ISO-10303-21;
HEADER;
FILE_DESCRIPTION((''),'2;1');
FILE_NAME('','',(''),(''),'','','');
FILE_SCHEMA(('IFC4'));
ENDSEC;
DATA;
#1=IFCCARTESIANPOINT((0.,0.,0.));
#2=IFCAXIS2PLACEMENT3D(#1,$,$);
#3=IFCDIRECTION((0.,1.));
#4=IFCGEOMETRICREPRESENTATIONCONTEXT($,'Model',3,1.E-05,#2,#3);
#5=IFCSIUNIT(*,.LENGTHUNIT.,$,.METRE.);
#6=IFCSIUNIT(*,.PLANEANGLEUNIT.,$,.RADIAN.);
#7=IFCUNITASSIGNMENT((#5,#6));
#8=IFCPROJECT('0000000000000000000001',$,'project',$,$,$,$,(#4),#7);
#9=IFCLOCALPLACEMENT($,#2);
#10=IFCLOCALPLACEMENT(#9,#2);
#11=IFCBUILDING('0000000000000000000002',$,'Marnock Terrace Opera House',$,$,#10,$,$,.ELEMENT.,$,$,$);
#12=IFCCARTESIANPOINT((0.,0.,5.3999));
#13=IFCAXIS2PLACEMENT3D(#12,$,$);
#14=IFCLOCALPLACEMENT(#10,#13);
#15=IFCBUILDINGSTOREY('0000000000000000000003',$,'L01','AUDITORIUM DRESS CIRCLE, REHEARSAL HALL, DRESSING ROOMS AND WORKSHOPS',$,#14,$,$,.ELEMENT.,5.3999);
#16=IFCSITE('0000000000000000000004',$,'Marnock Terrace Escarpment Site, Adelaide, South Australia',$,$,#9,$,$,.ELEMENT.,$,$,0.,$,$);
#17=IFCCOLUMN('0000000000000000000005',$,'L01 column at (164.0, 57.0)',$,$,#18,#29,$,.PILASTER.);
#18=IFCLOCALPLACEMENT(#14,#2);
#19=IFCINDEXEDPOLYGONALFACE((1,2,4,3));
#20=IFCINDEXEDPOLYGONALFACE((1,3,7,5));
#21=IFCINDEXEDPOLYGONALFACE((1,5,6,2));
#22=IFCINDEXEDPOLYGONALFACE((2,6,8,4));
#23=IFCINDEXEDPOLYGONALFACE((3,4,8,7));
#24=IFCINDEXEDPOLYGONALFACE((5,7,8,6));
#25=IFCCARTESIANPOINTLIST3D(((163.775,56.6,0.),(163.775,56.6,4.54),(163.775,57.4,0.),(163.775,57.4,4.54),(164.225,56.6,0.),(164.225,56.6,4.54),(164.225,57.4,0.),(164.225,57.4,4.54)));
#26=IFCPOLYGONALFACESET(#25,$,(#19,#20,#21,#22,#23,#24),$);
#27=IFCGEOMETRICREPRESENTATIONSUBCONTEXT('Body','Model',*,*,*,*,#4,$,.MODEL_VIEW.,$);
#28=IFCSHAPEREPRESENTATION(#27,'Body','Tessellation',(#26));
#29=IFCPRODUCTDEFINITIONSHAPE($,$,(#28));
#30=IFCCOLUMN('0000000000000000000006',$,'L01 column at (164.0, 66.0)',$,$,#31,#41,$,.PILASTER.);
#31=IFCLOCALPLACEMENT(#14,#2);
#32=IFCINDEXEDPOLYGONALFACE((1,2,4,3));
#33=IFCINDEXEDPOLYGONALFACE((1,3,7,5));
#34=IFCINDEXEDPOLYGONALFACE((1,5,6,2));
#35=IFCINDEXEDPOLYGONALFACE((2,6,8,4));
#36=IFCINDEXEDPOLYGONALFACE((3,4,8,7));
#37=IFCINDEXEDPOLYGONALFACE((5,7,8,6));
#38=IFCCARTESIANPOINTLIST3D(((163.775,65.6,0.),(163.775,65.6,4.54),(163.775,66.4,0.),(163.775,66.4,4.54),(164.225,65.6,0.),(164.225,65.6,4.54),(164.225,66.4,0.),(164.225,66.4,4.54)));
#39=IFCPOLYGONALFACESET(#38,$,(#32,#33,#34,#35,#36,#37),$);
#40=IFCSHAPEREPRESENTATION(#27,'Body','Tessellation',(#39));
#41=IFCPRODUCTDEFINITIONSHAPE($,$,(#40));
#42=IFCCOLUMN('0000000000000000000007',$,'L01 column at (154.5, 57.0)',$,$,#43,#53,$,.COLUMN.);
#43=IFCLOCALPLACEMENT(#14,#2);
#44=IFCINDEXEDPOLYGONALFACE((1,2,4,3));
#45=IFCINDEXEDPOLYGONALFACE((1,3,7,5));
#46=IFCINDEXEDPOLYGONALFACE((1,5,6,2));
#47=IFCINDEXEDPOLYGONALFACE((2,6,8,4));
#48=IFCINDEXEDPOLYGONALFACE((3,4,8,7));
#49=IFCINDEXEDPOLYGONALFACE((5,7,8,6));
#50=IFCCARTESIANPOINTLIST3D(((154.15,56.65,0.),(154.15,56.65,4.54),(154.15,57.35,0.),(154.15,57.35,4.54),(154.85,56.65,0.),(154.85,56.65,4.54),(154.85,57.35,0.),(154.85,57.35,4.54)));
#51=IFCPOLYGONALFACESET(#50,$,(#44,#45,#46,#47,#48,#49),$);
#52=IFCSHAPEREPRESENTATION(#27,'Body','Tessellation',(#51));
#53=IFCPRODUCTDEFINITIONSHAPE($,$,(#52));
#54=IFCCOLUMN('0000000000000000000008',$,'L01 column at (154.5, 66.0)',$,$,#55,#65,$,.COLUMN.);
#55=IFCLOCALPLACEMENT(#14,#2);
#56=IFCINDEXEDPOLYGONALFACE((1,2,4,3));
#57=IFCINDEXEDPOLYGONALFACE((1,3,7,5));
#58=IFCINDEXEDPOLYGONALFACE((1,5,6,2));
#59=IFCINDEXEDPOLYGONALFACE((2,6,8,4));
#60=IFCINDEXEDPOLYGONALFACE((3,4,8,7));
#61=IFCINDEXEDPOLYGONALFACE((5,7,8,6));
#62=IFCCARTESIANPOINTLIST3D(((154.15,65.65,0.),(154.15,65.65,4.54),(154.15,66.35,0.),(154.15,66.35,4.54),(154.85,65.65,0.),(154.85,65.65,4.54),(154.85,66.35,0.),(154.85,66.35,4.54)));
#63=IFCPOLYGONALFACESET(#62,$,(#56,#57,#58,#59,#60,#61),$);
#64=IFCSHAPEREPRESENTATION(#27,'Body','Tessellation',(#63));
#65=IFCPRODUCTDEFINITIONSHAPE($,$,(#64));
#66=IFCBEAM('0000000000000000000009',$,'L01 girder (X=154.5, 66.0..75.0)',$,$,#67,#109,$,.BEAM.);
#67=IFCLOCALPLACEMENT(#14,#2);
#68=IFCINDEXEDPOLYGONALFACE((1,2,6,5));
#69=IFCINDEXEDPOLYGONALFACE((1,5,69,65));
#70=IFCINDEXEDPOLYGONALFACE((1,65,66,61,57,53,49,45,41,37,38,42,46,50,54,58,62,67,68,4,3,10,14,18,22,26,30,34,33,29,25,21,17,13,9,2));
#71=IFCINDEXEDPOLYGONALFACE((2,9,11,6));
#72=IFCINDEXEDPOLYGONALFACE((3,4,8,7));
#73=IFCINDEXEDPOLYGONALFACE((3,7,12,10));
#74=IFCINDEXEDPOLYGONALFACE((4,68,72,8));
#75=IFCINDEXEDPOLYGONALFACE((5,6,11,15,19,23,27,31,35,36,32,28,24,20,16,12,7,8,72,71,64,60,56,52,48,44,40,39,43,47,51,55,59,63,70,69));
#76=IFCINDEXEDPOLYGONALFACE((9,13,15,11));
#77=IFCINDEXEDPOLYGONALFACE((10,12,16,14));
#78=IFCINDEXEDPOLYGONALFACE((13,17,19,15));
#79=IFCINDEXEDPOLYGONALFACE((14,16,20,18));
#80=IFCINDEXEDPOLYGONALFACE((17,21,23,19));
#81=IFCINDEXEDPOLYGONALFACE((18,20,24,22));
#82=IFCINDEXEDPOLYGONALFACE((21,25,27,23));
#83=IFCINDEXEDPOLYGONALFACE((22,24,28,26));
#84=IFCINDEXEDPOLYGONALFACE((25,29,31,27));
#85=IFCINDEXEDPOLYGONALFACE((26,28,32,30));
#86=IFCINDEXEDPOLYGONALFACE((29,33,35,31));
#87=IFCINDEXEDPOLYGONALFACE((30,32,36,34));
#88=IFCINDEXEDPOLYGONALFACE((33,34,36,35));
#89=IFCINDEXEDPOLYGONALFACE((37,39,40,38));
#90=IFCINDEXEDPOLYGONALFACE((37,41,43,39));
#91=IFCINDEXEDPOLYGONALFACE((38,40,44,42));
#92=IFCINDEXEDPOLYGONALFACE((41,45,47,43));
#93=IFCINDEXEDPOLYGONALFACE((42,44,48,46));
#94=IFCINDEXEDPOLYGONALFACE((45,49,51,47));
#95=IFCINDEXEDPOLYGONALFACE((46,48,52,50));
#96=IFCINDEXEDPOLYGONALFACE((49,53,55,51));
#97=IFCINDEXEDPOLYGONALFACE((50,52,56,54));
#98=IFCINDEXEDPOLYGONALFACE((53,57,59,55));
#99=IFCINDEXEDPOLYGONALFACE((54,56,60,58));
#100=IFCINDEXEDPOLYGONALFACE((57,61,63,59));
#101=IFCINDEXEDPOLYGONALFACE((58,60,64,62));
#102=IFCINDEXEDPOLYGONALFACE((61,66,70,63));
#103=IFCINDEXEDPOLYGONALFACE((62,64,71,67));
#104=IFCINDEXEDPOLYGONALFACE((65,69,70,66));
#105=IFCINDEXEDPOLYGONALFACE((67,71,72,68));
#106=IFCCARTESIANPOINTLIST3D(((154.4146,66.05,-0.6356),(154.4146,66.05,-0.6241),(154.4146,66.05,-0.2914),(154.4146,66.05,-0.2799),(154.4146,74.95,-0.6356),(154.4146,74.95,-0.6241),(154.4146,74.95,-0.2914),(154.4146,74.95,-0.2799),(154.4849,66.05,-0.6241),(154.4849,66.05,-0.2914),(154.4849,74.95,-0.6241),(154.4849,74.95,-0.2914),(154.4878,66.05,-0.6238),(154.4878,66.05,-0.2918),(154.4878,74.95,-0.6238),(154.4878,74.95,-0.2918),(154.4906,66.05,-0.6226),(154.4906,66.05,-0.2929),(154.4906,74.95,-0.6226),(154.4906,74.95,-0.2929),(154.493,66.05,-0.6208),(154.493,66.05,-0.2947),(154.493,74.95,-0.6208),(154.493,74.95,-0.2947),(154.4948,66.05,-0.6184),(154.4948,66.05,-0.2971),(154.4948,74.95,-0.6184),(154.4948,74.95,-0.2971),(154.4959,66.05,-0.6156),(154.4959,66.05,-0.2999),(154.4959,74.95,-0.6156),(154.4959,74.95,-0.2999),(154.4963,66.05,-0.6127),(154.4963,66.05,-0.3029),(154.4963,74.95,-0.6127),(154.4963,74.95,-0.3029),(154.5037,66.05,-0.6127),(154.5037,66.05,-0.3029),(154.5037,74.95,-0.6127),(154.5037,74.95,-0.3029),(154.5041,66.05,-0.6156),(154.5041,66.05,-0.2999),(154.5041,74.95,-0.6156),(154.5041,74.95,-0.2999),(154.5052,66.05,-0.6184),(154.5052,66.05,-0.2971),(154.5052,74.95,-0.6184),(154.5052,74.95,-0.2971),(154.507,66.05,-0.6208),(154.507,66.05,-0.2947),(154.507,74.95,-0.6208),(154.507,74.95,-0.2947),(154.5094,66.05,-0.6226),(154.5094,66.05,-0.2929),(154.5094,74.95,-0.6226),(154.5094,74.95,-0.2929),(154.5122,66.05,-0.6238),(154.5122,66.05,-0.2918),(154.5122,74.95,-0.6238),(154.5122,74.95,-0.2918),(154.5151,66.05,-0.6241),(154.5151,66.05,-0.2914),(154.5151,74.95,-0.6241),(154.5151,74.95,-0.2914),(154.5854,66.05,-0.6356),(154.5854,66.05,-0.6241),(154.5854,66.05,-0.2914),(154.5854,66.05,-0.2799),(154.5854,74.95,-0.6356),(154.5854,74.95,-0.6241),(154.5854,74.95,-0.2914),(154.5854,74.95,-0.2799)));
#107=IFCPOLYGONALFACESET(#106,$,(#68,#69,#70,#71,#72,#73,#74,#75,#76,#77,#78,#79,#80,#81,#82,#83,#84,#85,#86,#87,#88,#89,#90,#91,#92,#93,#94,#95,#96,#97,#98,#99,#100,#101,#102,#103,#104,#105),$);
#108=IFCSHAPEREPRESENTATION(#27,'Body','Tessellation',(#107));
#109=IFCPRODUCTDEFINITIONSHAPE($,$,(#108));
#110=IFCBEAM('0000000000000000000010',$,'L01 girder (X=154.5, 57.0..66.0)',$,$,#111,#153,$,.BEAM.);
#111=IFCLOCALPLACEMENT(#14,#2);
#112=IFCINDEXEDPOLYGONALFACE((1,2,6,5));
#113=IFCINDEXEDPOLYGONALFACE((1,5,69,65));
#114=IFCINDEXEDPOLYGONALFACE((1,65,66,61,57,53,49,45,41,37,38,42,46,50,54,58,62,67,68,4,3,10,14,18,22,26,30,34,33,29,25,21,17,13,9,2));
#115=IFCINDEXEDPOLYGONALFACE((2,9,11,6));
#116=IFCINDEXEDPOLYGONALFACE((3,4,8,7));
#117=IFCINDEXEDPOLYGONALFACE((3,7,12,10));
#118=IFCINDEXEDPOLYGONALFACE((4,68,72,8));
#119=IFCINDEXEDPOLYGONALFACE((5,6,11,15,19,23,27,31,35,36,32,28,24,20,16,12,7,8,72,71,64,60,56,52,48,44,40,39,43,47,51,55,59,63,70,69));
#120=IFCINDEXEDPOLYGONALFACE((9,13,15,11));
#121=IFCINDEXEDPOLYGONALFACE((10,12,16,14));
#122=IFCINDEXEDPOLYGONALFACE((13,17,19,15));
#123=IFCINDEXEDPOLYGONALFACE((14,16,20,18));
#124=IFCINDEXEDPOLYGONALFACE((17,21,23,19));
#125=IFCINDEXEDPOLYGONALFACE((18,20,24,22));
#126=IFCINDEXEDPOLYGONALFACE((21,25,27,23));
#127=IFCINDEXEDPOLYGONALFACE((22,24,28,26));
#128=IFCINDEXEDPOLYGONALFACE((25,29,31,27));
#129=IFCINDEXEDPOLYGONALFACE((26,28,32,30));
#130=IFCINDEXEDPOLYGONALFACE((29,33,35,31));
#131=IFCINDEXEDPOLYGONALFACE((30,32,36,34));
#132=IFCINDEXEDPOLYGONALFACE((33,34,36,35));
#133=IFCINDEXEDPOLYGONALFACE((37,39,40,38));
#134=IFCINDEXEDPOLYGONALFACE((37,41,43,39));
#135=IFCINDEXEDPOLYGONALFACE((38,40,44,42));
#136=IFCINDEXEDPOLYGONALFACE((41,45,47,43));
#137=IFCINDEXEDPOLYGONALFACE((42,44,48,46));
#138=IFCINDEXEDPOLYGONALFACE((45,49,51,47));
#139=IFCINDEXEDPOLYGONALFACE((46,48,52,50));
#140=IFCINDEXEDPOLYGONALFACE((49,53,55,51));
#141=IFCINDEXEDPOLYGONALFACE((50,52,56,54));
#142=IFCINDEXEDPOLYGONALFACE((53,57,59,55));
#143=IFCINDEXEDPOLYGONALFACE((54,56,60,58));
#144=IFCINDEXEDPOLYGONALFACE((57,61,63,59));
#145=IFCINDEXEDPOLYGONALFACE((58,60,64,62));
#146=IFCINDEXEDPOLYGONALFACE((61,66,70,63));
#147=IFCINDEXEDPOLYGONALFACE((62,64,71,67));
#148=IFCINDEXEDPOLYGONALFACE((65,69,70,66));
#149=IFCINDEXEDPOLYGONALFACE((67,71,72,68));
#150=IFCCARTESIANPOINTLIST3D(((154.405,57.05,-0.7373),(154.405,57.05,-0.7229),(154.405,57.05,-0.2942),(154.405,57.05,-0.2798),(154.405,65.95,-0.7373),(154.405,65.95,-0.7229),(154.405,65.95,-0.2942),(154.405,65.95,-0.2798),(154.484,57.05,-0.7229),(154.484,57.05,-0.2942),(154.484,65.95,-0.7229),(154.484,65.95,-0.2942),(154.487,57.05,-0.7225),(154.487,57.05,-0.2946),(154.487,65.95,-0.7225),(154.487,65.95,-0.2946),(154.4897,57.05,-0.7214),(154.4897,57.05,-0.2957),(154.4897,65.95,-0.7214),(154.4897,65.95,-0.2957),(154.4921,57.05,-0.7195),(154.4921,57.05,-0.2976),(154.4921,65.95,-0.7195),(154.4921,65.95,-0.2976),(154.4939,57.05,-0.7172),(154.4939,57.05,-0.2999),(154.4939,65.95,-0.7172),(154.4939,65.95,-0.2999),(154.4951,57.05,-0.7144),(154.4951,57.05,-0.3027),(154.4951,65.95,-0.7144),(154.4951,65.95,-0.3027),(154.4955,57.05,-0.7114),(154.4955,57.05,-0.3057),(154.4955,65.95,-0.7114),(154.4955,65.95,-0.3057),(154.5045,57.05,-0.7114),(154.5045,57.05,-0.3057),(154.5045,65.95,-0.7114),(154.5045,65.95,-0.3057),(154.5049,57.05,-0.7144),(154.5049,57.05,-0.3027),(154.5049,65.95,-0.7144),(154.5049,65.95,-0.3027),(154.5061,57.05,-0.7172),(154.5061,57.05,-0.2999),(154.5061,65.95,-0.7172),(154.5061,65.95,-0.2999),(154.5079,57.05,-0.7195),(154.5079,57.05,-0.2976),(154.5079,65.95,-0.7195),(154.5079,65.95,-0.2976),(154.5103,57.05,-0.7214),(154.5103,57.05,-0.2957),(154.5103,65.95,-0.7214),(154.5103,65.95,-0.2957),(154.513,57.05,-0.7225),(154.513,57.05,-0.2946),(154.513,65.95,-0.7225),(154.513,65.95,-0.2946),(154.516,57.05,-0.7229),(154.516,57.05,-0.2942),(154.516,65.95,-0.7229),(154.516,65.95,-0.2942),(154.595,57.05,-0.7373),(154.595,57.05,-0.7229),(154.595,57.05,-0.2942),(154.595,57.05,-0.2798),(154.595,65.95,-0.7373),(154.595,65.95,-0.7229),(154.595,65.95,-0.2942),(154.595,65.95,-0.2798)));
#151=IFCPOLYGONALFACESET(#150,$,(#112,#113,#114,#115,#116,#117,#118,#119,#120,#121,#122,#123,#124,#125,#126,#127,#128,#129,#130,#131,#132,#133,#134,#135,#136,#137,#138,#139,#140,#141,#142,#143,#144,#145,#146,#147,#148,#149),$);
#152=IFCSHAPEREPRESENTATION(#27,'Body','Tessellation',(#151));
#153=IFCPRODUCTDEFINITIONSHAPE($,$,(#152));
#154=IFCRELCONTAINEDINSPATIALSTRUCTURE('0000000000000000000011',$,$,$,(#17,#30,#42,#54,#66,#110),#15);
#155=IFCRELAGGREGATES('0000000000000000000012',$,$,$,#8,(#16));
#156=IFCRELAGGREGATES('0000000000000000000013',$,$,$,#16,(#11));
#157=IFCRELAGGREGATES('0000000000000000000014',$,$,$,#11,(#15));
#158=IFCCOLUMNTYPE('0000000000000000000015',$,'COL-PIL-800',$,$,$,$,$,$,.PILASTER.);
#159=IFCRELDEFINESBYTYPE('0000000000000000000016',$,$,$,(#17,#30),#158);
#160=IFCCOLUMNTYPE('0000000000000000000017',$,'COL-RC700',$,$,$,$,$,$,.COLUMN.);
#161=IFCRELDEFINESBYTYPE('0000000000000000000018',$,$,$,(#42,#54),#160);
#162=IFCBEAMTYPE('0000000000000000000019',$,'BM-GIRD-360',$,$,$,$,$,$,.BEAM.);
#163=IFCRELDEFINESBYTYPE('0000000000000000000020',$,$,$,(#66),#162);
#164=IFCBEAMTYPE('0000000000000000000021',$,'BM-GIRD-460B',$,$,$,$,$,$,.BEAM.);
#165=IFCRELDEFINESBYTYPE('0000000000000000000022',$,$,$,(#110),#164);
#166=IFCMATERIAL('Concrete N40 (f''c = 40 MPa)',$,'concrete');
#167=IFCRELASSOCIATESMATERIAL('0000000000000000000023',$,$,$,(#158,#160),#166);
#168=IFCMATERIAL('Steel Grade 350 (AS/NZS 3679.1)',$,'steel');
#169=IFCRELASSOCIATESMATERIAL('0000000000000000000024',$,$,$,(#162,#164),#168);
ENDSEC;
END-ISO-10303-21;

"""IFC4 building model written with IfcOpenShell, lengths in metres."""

from ifc_helpers import new_model, si_unit, direction, frame, origin, origin_2d, place, context, subcontext, project, spatial, rectangle, i_section, extrude, material, material_profile, profile_set, type_object, element, save


model = new_model("IFC4")

# Units and contexts
model_context = context("Model", 3, precision=1e-05, world=origin(), true_north=direction((0.0, 1.0)))
body_context = subcontext(model_context, "Body", "Model", "MODEL_VIEW")
ifc_project = project(units=[si_unit("LENGTHUNIT", "METRE"), si_unit("PLANEANGLEUNIT", "RADIAN")], contexts=[model_context])

# Site, building, storey
site_placement = place(None, origin())
site = spatial("IfcSite", under=ifc_project, at=site_placement, Name="Marnock Terrace Escarpment Site, Adelaide, South Australia", CompositionType="ELEMENT", RefElevation=0.0)
building_placement = place(site_placement, origin())
building = spatial("IfcBuilding", under=site, at=building_placement, Name="Marnock Terrace Opera House", CompositionType="ELEMENT")
storey_placement = place(building_placement, frame((0.0, 0.0, 5.3999)))
storey = spatial("IfcBuildingStorey", under=building, at=storey_placement, Name="L01", Description="AUDITORIUM DRESS CIRCLE, REHEARSAL HALL, DRESSING ROOMS AND WORKSHOPS", CompositionType="ELEMENT", Elevation=5.3999)

# Columns
ifc_material_1 = material(Name="Concrete N40 (f'c = 40 MPa)", Category="concrete")
ifc_material_profile_1 = material_profile(ifc_material_1, rectangle(XDim=0.45, YDim=0.8, at=origin_2d()))
ifc_profile_set_1 = profile_set([ifc_material_profile_1], Name="Concrete N40 (f'c = 40 MPa)")
column_type_1 = type_object("IfcColumnType", Name="COL-PIL-800", PredefinedType="PILASTER", material=ifc_profile_set_1)
for number, where, z_axis, x_axis, name in (
    (1, (164.0, 57.0, 0.0), (0.0, 0.0, 1.0), (1.0, 0.0, 0.0), "L01 column at (164.0, 57.0)"),
    (2, (164.0, 66.0, 0.0), (0.0, 0.0, 1.0), (1.0, 0.0, 0.0), "L01 column at (164.0, 66.0)"),
):
    element("IfcColumn", number, at=place(storey_placement, frame(where, z_axis=z_axis, x_axis=x_axis)), inside=storey, type_object=column_type_1, Name=name, PredefinedType="PILASTER", context=body_context, shape_type="SweptSolid", body=[
        extrude(rectangle(XDim=0.45, YDim=0.8, at=origin_2d()), origin(), (0.0, 0.0, 1.0), 4.54),
    ])
ifc_material_profile_2 = material_profile(ifc_material_1, rectangle(XDim=0.7, YDim=0.7, at=origin_2d()))
ifc_profile_set_2 = profile_set([ifc_material_profile_2], Name="Concrete N40 (f'c = 40 MPa)")
column_type_2 = type_object("IfcColumnType", Name="COL-RC700", PredefinedType="COLUMN", material=ifc_profile_set_2)
for number, where, z_axis, x_axis, name in (
    (3, (154.5, 57.0, 0.0), (0.0, 0.0, 1.0), (1.0, 0.0, 0.0), "L01 column at (154.5, 57.0)"),
    (4, (154.5, 66.0, 0.0), (0.0, 0.0, 1.0), (1.0, 0.0, 0.0), "L01 column at (154.5, 66.0)"),
):
    element("IfcColumn", number, at=place(storey_placement, frame(where, z_axis=z_axis, x_axis=x_axis)), inside=storey, type_object=column_type_2, Name=name, PredefinedType="COLUMN", context=body_context, shape_type="SweptSolid", body=[
        extrude(rectangle(XDim=0.7, YDim=0.7, at=origin_2d()), origin(), (0.0, 0.0, 1.0), 4.54),
    ])

# Beams
ifc_material_2 = material(Name="Steel Grade 350 (AS/NZS 3679.1)", Category="steel")
ifc_material_profile_3 = material_profile(ifc_material_2, i_section(OverallWidth=0.1709, OverallDepth=0.3557, WebThickness=0.0073, FlangeThickness=0.0115, FilletRadius=0.0115, at=origin_2d()))
ifc_profile_set_3 = profile_set([ifc_material_profile_3], Name="Steel Grade 350 (AS/NZS 3679.1)")
beam_type_1 = type_object("IfcBeamType", Name="BM-GIRD-360", PredefinedType="BEAM", material=ifc_profile_set_3)
beam_1_placement = place(storey_placement, frame((154.5, 66.05, -0.4578), z_axis=(0.0, 1.0, 0.0), x_axis=(-1.0, 0.0, 0.0)))
element("IfcBeam", 5, at=beam_1_placement, inside=storey, type_object=beam_type_1, Name="L01 girder (X=154.5, 66.0..75.0)", PredefinedType="BEAM", context=body_context, shape_type="SweptSolid", body=[
    extrude(i_section(OverallWidth=0.1709, OverallDepth=0.3557, WebThickness=0.0073, FlangeThickness=0.0115, FilletRadius=0.0115, at=origin_2d()), origin(), (0.0, 0.0, 1.0), 8.8999),
])
ifc_material_profile_4 = material_profile(ifc_material_2, i_section(OverallWidth=0.1899, OverallDepth=0.4575, WebThickness=0.009, FlangeThickness=0.0144, FilletRadius=0.0115, at=origin_2d()))
ifc_profile_set_4 = profile_set([ifc_material_profile_4], Name="Steel Grade 350 (AS/NZS 3679.1)")
beam_type_2 = type_object("IfcBeamType", Name="BM-GIRD-460B", PredefinedType="BEAM", material=ifc_profile_set_4)
beam_2_placement = place(storey_placement, frame((154.5, 57.05, -0.5085), z_axis=(0.0, 1.0, 0.0), x_axis=(-1.0, 0.0, 0.0)))
element("IfcBeam", 6, at=beam_2_placement, inside=storey, type_object=beam_type_2, Name="L01 girder (X=154.5, 57.0..66.0)", PredefinedType="BEAM", context=body_context, shape_type="SweptSolid", body=[
    extrude(i_section(OverallWidth=0.1899, OverallDepth=0.4575, WebThickness=0.009, FlangeThickness=0.0144, FilletRadius=0.0115, at=origin_2d()), origin(), (0.0, 0.0, 1.0), 8.8999),
])

save(model, "model.ifc")
